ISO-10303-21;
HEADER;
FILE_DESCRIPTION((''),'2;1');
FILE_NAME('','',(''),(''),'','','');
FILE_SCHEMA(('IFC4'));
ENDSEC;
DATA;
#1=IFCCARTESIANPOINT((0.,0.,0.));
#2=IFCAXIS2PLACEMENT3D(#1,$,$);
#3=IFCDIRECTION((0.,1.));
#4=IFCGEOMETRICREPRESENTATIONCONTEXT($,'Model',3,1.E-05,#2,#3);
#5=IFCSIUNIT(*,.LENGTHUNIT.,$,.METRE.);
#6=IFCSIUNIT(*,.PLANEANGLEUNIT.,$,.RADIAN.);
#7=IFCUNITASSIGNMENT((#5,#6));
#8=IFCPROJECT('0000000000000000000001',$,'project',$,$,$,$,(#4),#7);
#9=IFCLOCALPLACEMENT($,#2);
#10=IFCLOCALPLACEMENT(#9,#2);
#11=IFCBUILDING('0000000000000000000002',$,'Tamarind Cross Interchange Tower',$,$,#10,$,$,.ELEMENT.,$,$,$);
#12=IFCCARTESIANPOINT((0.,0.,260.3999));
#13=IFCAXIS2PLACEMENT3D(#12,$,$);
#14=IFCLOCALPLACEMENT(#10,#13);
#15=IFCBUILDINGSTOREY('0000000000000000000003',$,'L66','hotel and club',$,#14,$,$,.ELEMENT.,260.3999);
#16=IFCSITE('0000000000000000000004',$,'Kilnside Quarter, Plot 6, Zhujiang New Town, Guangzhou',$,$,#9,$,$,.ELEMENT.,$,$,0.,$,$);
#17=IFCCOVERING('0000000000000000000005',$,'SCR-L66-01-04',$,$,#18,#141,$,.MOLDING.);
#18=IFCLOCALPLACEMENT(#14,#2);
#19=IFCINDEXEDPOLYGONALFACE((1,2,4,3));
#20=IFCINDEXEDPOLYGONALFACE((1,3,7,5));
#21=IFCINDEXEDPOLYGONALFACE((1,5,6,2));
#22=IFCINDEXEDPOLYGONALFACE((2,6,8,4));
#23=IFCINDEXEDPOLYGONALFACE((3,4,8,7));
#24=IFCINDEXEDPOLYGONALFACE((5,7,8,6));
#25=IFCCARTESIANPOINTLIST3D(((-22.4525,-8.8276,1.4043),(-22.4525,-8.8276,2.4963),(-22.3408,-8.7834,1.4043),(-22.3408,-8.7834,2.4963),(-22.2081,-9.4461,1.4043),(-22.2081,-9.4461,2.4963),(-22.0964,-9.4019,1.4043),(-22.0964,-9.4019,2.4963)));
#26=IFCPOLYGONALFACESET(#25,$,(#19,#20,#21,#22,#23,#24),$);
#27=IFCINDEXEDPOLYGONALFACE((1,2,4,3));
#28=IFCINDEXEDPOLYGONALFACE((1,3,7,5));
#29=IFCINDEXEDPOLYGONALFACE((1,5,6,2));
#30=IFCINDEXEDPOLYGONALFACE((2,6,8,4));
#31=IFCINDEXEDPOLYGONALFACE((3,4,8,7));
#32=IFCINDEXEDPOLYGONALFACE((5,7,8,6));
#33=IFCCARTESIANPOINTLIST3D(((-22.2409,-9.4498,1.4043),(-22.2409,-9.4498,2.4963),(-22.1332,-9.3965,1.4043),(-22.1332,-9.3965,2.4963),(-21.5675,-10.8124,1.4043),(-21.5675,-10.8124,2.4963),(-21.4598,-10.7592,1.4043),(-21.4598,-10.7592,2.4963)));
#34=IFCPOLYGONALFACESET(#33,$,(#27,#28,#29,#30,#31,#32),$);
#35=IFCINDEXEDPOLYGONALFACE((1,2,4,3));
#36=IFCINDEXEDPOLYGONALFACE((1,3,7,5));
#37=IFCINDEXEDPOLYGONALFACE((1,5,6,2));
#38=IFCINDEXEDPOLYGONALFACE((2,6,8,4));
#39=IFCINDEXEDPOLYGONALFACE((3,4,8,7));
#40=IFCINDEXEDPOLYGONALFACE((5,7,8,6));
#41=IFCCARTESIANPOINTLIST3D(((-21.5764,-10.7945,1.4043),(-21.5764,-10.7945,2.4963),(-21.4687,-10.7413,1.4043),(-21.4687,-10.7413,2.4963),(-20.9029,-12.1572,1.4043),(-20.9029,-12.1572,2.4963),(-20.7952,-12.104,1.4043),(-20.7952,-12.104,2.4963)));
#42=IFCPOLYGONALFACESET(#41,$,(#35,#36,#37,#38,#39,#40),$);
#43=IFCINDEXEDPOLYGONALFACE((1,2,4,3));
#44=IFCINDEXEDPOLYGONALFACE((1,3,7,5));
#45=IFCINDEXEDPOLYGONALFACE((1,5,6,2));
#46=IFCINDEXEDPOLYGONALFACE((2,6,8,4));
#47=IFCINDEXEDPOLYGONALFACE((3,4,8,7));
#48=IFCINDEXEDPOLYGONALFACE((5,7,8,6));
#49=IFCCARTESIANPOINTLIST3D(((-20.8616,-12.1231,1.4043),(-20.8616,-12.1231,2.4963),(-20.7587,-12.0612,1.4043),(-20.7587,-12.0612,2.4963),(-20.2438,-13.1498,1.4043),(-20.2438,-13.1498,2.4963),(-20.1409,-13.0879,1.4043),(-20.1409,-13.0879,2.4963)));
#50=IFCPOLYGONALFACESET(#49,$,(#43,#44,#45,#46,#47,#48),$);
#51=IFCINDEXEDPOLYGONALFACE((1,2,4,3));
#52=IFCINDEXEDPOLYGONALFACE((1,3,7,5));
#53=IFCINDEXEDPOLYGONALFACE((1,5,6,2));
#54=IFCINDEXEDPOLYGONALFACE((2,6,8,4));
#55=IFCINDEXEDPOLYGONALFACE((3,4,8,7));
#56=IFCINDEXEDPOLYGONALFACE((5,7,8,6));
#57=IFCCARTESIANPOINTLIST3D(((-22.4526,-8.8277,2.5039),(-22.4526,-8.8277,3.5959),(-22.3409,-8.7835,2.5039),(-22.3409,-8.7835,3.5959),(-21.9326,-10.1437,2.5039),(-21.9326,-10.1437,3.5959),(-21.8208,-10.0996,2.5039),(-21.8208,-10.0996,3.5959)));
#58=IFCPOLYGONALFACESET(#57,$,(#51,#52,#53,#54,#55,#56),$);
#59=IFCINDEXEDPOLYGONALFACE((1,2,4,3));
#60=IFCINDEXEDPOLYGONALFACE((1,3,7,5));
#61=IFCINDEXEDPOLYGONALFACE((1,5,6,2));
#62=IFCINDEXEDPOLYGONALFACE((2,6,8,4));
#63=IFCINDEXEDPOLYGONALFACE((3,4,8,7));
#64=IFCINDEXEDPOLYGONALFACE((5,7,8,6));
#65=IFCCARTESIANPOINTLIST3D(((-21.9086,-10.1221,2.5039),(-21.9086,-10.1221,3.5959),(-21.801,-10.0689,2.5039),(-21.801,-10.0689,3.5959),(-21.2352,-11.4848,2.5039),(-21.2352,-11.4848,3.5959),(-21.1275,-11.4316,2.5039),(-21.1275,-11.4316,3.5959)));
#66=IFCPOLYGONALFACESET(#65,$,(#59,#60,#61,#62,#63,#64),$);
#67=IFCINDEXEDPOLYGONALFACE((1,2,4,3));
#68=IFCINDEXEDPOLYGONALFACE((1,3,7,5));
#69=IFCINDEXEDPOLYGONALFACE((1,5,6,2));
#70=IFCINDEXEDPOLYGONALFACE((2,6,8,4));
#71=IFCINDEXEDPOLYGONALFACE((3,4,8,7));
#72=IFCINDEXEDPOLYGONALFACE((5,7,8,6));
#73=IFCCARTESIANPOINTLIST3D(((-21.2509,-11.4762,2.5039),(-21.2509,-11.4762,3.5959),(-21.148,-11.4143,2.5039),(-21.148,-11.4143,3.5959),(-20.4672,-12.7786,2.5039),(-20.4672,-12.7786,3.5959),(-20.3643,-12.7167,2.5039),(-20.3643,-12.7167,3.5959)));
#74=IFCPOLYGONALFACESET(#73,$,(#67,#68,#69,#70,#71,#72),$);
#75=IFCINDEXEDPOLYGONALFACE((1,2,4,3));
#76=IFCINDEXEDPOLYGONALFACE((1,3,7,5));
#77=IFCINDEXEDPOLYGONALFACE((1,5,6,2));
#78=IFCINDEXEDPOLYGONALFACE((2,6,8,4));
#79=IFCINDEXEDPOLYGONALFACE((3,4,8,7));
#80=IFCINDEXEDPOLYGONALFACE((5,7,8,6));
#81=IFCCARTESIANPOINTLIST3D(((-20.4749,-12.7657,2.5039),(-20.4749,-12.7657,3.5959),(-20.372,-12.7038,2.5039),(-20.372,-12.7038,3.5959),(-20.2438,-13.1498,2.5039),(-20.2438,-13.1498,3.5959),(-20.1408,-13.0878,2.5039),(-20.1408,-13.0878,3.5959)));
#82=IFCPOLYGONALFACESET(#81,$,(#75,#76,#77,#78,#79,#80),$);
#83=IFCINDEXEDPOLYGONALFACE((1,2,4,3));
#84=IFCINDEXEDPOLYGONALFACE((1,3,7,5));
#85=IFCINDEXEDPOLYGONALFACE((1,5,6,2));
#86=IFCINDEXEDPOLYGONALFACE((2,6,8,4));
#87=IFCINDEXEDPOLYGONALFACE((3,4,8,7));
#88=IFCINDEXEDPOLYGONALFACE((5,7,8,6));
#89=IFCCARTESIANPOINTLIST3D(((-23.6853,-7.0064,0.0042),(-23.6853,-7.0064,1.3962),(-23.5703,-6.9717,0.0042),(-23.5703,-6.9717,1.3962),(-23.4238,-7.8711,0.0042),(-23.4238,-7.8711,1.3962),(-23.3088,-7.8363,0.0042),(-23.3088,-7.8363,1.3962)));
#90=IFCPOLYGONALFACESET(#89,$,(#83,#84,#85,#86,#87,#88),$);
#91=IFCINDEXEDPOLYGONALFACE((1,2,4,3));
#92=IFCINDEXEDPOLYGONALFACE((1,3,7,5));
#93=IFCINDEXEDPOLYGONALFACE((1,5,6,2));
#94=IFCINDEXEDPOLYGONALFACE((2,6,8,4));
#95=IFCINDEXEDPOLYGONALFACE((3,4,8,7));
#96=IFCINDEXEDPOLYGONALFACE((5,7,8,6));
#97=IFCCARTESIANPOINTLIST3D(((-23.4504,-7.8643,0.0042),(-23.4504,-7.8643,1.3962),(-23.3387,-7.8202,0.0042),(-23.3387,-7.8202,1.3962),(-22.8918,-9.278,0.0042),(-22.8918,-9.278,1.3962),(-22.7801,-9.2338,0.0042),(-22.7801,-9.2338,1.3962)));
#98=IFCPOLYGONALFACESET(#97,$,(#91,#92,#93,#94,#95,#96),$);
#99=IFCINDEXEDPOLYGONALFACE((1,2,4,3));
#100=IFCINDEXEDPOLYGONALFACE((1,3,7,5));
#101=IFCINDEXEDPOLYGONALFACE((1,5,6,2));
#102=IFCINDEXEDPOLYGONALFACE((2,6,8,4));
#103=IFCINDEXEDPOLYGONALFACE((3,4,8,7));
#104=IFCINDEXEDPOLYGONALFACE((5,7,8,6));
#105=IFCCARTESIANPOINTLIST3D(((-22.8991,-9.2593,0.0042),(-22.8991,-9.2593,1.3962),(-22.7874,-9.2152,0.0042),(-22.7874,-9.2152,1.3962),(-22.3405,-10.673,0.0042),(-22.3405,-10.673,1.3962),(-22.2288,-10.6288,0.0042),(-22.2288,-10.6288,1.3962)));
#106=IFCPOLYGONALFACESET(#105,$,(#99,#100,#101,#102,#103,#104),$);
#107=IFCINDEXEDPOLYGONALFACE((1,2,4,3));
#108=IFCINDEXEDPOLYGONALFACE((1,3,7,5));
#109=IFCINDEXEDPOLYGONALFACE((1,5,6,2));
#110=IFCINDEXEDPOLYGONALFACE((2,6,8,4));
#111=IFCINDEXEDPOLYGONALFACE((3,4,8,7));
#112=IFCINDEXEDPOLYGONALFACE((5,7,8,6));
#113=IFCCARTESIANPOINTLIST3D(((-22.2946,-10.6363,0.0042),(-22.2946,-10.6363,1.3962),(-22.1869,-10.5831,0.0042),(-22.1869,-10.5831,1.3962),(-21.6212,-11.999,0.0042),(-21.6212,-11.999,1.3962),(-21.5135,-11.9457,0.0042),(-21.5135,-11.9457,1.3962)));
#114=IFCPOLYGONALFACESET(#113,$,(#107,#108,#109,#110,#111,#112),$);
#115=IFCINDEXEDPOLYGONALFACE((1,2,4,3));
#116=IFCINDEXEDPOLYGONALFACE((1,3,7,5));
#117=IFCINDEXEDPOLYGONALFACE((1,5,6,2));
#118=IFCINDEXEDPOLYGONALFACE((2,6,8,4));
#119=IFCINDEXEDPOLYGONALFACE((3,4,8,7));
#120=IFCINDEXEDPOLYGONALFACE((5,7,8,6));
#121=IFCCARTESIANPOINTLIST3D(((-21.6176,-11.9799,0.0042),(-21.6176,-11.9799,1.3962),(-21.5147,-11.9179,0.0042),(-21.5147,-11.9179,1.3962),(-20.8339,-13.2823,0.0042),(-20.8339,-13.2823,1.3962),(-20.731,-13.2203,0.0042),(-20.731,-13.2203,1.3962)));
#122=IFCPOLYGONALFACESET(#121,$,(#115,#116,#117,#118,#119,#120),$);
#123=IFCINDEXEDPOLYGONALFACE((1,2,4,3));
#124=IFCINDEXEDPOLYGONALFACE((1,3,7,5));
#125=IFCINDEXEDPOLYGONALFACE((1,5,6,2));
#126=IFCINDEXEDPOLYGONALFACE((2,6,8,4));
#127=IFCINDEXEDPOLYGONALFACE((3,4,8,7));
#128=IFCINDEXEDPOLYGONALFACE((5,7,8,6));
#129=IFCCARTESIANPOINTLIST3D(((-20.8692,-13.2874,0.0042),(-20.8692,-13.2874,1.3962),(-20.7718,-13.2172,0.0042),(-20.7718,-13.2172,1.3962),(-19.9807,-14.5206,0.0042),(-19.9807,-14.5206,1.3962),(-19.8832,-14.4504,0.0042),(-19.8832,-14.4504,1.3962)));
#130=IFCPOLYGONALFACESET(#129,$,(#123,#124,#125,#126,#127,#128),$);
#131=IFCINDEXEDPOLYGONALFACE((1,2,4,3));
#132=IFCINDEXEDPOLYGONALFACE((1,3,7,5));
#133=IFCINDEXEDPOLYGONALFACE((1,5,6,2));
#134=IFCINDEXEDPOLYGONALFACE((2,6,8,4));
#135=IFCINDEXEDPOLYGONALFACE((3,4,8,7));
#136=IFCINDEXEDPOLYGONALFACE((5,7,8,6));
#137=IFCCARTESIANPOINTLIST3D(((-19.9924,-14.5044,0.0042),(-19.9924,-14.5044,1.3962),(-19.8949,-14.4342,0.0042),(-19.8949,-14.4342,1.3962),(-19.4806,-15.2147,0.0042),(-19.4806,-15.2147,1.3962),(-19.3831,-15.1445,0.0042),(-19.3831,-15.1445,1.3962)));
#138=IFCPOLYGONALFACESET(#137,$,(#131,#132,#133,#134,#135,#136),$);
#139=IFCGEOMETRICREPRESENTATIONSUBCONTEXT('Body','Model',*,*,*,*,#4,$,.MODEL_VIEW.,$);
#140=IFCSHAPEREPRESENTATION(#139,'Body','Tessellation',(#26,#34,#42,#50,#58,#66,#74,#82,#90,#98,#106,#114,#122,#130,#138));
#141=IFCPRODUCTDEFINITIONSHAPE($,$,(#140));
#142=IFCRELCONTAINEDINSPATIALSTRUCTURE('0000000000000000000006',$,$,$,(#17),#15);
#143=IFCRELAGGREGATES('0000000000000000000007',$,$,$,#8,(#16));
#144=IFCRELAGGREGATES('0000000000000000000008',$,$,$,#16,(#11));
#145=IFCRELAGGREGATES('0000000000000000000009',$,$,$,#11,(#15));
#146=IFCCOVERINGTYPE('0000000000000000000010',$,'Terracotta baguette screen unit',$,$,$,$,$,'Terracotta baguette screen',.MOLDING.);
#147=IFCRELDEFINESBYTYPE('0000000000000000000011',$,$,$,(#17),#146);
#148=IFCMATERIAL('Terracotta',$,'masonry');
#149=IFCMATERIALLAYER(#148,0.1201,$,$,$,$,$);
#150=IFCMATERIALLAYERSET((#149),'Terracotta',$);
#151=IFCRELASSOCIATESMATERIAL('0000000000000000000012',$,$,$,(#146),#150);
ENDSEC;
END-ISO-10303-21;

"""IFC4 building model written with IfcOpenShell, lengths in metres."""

from ifc_helpers import new_model, si_unit, direction, frame, origin, origin_2d, place, context, subcontext, project, spatial, rectangle, extrude, material, layer, layer_set, type_object, element, save


model = new_model("IFC4")

# Units and contexts
model_context = context("Model", 3, precision=1e-05, world=origin(), true_north=direction((0.0, 1.0)))
body_context = subcontext(model_context, "Body", "Model", "MODEL_VIEW")
ifc_project = project(units=[si_unit("LENGTHUNIT", "METRE"), si_unit("PLANEANGLEUNIT", "RADIAN")], contexts=[model_context])

# Site, building, storey
site_placement = place(None, origin())
site = spatial("IfcSite", under=ifc_project, at=site_placement, Name="Kilnside Quarter, Plot 6, Zhujiang New Town, Guangzhou", CompositionType="ELEMENT", RefElevation=0.0)
building_placement = place(site_placement, origin())
building = spatial("IfcBuilding", under=site, at=building_placement, Name="Tamarind Cross Interchange Tower", CompositionType="ELEMENT")
storey_placement = place(building_placement, frame((0.0, 0.0, 260.3999)))
storey = spatial("IfcBuildingStorey", under=building, at=storey_placement, Name="L66", Description="hotel and club", CompositionType="ELEMENT", Elevation=260.3999)

# Covering
ifc_material_1 = material(Name="Terracotta", Category="masonry")
ifc_layer_1 = layer(ifc_material_1, 0.1201)
ifc_layer_set_1 = layer_set([ifc_layer_1], Name="Terracotta")
covering_type = type_object("IfcCoveringType", Name="Terracotta baguette screen unit", ElementType="Terracotta baguette screen", PredefinedType="MOLDING", material=ifc_layer_set_1)
covering_1_placement = place(storey_placement, origin())
element("IfcCovering", 1, at=covering_1_placement, inside=storey, type_object=covering_type, Name="SCR-L66-01-04", PredefinedType="MOLDING", context=body_context, shape_type="SweptSolid", body=[
    extrude(rectangle(XDim=0.665, YDim=0.1201, at=origin_2d()), frame((-22.2744, -9.1147, 1.4043), z_axis=(0.0, 0.0, 1.0), x_axis=(0.367514, -0.930018, 0.0)), (0.0, 0.0, 1.0), 1.092),
    extrude(rectangle(XDim=1.52, YDim=0.1201, at=origin_2d()), frame((-21.8503, -10.1045, 1.4043), z_axis=(0.0, 0.0, 1.0), x_axis=(0.443059, -0.896493, 0.0)), (0.0, 0.0, 1.0), 1.092),
    extrude(rectangle(XDim=1.52, YDim=0.1201, at=origin_2d()), frame((-21.1858, -11.4492, 1.4043), z_axis=(0.0, 0.0, 1.0), x_axis=(0.443059, -0.896493, 0.0)), (0.0, 0.0, 1.0), 1.092),
    extrude(rectangle(XDim=1.1982, YDim=0.1201, at=origin_2d()), frame((-20.5012, -12.6055, 1.4043), z_axis=(0.0, 0.0, 1.0), x_axis=(0.515577, -0.856843, 0.0)), (0.0, 0.0, 1.0), 1.092),
    extrude(rectangle(XDim=1.415, YDim=0.1201, at=origin_2d()), frame((-22.1367, -9.4636, 2.5039), z_axis=(0.0, 0.0, 1.0), x_axis=(0.367514, -0.930018, 0.0)), (0.0, 0.0, 1.0), 1.092),
    extrude(rectangle(XDim=1.52, YDim=0.1201, at=origin_2d()), frame((-21.5181, -10.7769, 2.5039), z_axis=(0.0, 0.0, 1.0), x_axis=(0.443059, -0.896493, 0.0)), (0.0, 0.0, 1.0), 1.092),
    extrude(rectangle(XDim=1.52, YDim=0.1201, at=origin_2d()), frame((-20.8076, -12.0964, 2.5039), z_axis=(0.0, 0.0, 1.0), x_axis=(0.515577, -0.856843, 0.0)), (0.0, 0.0, 1.0), 1.092),
    extrude(rectangle(XDim=0.4482, YDim=0.1201, at=origin_2d()), frame((-20.3079, -12.9268, 2.5039), z_axis=(0.0, 0.0, 1.0), x_axis=(0.515577, -0.856843, 0.0)), (0.0, 0.0, 1.0), 1.092),
    extrude(rectangle(XDim=0.9033, YDim=0.1201, at=origin_2d()), frame((-23.4971, -7.4214, 0.0042), z_axis=(0.0, 0.0, 1.0), x_axis=(0.289458, -0.957191, 0.0)), (0.0, 0.0, 1.0), 1.3921),
    extrude(rectangle(XDim=1.52, YDim=0.1201, at=origin_2d()), frame((-23.1152, -8.5491, 0.0042), z_axis=(0.0, 0.0, 1.0), x_axis=(0.367514, -0.930018, 0.0)), (0.0, 0.0, 1.0), 1.3921),
    extrude(rectangle(XDim=1.52, YDim=0.1201, at=origin_2d()), frame((-22.564, -9.9441, 0.0042), z_axis=(0.0, 0.0, 1.0), x_axis=(0.367514, -0.930018, 0.0)), (0.0, 0.0, 1.0), 1.3921),
    extrude(rectangle(XDim=1.52, YDim=0.1201, at=origin_2d()), frame((-21.9041, -11.291, 0.0042), z_axis=(0.0, 0.0, 1.0), x_axis=(0.443059, -0.896493, 0.0)), (0.0, 0.0, 1.0), 1.3921),
    extrude(rectangle(XDim=1.52, YDim=0.1201, at=origin_2d()), frame((-21.1743, -12.6001, 0.0042), z_axis=(0.0, 0.0, 1.0), x_axis=(0.515577, -0.856843, 0.0)), (0.0, 0.0, 1.0), 1.3921),
    extrude(rectangle(XDim=1.52, YDim=0.1201, at=origin_2d()), frame((-20.3762, -13.8689, 0.0042), z_axis=(0.0, 0.0, 1.0), x_axis=(0.584574, -0.81134, 0.0)), (0.0, 0.0, 1.0), 1.3921),
    extrude(rectangle(XDim=0.8755, YDim=0.1201, at=origin_2d()), frame((-19.6877, -14.8245, 0.0042), z_axis=(0.0, 0.0, 1.0), x_axis=(0.584574, -0.81134, 0.0)), (0.0, 0.0, 1.0), 1.3921),
])

save(model, "model.ifc")
